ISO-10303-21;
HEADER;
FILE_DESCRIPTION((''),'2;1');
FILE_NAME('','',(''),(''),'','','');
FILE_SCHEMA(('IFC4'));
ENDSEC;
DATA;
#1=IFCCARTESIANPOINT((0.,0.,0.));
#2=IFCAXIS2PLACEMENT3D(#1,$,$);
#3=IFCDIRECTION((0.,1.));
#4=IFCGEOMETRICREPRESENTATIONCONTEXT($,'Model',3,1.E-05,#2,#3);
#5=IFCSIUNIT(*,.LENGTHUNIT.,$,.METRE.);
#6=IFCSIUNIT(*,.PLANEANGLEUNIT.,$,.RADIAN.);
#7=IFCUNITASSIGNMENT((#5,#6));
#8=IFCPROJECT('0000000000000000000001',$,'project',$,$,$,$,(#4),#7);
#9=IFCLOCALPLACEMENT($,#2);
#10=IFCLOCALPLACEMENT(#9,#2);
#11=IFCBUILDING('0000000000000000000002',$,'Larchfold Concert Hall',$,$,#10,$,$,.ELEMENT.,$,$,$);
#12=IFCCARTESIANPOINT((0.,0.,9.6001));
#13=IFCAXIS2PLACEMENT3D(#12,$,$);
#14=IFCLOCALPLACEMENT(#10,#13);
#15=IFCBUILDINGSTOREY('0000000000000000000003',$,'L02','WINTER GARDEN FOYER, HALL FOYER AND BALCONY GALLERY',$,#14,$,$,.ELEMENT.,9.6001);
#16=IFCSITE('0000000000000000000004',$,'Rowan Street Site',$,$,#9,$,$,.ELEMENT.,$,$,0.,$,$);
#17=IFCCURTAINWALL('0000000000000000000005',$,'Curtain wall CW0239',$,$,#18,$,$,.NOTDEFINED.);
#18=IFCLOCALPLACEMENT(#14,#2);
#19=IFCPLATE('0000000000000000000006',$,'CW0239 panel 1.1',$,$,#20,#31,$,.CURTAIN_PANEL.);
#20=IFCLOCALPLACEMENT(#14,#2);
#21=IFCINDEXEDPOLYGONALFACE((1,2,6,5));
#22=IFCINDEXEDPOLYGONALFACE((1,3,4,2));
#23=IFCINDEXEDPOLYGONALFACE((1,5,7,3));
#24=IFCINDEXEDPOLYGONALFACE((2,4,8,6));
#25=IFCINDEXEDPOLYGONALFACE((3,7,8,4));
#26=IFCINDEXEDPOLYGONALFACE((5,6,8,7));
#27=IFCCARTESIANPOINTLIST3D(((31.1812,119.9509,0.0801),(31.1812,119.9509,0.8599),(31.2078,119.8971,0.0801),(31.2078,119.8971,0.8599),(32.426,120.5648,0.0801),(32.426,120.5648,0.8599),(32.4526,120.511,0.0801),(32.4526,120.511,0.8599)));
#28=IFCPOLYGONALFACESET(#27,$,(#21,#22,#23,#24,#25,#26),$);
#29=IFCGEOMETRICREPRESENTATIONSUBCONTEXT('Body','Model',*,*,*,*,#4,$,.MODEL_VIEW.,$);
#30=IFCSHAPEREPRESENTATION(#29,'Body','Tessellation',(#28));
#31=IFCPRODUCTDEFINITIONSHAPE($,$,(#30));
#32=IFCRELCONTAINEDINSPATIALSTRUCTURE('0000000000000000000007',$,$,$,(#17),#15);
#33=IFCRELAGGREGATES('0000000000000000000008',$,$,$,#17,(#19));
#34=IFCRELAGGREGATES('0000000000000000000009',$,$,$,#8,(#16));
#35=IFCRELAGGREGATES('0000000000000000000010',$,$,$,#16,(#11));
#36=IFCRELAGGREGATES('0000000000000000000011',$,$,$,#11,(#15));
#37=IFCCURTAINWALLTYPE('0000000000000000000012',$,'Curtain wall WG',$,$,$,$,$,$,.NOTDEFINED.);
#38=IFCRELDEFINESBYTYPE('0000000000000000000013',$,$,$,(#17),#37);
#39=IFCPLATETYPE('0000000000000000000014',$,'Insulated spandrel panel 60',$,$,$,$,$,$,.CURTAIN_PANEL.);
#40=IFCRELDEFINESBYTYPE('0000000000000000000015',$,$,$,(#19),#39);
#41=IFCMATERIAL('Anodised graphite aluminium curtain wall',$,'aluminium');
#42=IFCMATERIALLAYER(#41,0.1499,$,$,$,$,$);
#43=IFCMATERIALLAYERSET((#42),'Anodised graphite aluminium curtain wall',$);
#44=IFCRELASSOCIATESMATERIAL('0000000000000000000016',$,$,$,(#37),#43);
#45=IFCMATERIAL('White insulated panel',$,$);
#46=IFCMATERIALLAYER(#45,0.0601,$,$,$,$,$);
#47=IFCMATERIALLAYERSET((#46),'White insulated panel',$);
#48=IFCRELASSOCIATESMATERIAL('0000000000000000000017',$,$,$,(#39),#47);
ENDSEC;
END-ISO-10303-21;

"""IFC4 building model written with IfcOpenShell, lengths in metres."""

from ifc_helpers import new_model, si_unit, direction, frame, origin, origin_2d, place, context, subcontext, project, spatial, rectangle, extrude, material, layer, layer_set, type_object, element, aggregate, save


model = new_model("IFC4")

# Units and contexts
model_context = context("Model", 3, precision=1e-05, world=origin(), true_north=direction((0.0, 1.0)))
body_context = subcontext(model_context, "Body", "Model", "MODEL_VIEW")
ifc_project = project(units=[si_unit("LENGTHUNIT", "METRE"), si_unit("PLANEANGLEUNIT", "RADIAN")], contexts=[model_context])

# Site, building, storey
site_placement = place(None, origin())
site = spatial("IfcSite", under=ifc_project, at=site_placement, Name="Rowan Street Site", CompositionType="ELEMENT", RefElevation=0.0)
building_placement = place(site_placement, origin())
building = spatial("IfcBuilding", under=site, at=building_placement, Name="Larchfold Concert Hall", CompositionType="ELEMENT")
storey_placement = place(building_placement, frame((0.0, 0.0, 9.6001)))
storey = spatial("IfcBuildingStorey", under=building, at=storey_placement, Name="L02", Description="WINTER GARDEN FOYER, HALL FOYER AND BALCONY GALLERY", CompositionType="ELEMENT", Elevation=9.6001)

# Shared definitions
ifc_material_1 = material(Name="Anodised graphite aluminium curtain wall", Category="aluminium")
ifc_layer_1 = layer(ifc_material_1, 0.1499)
ifc_layer_set_1 = layer_set([ifc_layer_1], Name="Anodised graphite aluminium curtain wall")
curtain_wall_type = type_object("IfcCurtainWallType", Name="Curtain wall WG", PredefinedType="NOTDEFINED", material=ifc_layer_set_1)

# Curtain wall
curtain_wall_1_placement = place(storey_placement, origin())
curtain_wall_1 = element("IfcCurtainWall", 1, at=curtain_wall_1_placement, inside=storey, type_object=curtain_wall_type, Name="Curtain wall CW0239", PredefinedType="NOTDEFINED")

# Plate
ifc_material_2 = material(Name="White insulated panel")
ifc_layer_2 = layer(ifc_material_2, 0.0601)
ifc_layer_set_2 = layer_set([ifc_layer_2], Name="White insulated panel")
plate_type_1 = type_object("IfcPlateType", Name="Insulated spandrel panel 60", PredefinedType="CURTAIN_PANEL", material=ifc_layer_set_2)
plate_1_placement = place(storey_placement, frame((31.8169, 120.231, 0.0801), z_axis=(0.0, 0.0, 1.0), x_axis=(0.896859, 0.442317, 0.0)))
plate_1 = element("IfcPlate", 2, at=plate_1_placement, type_object=plate_type_1, Name="CW0239 panel 1.1", PredefinedType="CURTAIN_PANEL", context=body_context, shape_type="SweptSolid", body=[
    extrude(rectangle(XDim=1.3879, YDim=0.0601, at=origin_2d()), origin(), (0.0, 0.0, 1.0), 0.7798),
])
aggregate(curtain_wall_1, [plate_1])

save(model, "model.ifc")
